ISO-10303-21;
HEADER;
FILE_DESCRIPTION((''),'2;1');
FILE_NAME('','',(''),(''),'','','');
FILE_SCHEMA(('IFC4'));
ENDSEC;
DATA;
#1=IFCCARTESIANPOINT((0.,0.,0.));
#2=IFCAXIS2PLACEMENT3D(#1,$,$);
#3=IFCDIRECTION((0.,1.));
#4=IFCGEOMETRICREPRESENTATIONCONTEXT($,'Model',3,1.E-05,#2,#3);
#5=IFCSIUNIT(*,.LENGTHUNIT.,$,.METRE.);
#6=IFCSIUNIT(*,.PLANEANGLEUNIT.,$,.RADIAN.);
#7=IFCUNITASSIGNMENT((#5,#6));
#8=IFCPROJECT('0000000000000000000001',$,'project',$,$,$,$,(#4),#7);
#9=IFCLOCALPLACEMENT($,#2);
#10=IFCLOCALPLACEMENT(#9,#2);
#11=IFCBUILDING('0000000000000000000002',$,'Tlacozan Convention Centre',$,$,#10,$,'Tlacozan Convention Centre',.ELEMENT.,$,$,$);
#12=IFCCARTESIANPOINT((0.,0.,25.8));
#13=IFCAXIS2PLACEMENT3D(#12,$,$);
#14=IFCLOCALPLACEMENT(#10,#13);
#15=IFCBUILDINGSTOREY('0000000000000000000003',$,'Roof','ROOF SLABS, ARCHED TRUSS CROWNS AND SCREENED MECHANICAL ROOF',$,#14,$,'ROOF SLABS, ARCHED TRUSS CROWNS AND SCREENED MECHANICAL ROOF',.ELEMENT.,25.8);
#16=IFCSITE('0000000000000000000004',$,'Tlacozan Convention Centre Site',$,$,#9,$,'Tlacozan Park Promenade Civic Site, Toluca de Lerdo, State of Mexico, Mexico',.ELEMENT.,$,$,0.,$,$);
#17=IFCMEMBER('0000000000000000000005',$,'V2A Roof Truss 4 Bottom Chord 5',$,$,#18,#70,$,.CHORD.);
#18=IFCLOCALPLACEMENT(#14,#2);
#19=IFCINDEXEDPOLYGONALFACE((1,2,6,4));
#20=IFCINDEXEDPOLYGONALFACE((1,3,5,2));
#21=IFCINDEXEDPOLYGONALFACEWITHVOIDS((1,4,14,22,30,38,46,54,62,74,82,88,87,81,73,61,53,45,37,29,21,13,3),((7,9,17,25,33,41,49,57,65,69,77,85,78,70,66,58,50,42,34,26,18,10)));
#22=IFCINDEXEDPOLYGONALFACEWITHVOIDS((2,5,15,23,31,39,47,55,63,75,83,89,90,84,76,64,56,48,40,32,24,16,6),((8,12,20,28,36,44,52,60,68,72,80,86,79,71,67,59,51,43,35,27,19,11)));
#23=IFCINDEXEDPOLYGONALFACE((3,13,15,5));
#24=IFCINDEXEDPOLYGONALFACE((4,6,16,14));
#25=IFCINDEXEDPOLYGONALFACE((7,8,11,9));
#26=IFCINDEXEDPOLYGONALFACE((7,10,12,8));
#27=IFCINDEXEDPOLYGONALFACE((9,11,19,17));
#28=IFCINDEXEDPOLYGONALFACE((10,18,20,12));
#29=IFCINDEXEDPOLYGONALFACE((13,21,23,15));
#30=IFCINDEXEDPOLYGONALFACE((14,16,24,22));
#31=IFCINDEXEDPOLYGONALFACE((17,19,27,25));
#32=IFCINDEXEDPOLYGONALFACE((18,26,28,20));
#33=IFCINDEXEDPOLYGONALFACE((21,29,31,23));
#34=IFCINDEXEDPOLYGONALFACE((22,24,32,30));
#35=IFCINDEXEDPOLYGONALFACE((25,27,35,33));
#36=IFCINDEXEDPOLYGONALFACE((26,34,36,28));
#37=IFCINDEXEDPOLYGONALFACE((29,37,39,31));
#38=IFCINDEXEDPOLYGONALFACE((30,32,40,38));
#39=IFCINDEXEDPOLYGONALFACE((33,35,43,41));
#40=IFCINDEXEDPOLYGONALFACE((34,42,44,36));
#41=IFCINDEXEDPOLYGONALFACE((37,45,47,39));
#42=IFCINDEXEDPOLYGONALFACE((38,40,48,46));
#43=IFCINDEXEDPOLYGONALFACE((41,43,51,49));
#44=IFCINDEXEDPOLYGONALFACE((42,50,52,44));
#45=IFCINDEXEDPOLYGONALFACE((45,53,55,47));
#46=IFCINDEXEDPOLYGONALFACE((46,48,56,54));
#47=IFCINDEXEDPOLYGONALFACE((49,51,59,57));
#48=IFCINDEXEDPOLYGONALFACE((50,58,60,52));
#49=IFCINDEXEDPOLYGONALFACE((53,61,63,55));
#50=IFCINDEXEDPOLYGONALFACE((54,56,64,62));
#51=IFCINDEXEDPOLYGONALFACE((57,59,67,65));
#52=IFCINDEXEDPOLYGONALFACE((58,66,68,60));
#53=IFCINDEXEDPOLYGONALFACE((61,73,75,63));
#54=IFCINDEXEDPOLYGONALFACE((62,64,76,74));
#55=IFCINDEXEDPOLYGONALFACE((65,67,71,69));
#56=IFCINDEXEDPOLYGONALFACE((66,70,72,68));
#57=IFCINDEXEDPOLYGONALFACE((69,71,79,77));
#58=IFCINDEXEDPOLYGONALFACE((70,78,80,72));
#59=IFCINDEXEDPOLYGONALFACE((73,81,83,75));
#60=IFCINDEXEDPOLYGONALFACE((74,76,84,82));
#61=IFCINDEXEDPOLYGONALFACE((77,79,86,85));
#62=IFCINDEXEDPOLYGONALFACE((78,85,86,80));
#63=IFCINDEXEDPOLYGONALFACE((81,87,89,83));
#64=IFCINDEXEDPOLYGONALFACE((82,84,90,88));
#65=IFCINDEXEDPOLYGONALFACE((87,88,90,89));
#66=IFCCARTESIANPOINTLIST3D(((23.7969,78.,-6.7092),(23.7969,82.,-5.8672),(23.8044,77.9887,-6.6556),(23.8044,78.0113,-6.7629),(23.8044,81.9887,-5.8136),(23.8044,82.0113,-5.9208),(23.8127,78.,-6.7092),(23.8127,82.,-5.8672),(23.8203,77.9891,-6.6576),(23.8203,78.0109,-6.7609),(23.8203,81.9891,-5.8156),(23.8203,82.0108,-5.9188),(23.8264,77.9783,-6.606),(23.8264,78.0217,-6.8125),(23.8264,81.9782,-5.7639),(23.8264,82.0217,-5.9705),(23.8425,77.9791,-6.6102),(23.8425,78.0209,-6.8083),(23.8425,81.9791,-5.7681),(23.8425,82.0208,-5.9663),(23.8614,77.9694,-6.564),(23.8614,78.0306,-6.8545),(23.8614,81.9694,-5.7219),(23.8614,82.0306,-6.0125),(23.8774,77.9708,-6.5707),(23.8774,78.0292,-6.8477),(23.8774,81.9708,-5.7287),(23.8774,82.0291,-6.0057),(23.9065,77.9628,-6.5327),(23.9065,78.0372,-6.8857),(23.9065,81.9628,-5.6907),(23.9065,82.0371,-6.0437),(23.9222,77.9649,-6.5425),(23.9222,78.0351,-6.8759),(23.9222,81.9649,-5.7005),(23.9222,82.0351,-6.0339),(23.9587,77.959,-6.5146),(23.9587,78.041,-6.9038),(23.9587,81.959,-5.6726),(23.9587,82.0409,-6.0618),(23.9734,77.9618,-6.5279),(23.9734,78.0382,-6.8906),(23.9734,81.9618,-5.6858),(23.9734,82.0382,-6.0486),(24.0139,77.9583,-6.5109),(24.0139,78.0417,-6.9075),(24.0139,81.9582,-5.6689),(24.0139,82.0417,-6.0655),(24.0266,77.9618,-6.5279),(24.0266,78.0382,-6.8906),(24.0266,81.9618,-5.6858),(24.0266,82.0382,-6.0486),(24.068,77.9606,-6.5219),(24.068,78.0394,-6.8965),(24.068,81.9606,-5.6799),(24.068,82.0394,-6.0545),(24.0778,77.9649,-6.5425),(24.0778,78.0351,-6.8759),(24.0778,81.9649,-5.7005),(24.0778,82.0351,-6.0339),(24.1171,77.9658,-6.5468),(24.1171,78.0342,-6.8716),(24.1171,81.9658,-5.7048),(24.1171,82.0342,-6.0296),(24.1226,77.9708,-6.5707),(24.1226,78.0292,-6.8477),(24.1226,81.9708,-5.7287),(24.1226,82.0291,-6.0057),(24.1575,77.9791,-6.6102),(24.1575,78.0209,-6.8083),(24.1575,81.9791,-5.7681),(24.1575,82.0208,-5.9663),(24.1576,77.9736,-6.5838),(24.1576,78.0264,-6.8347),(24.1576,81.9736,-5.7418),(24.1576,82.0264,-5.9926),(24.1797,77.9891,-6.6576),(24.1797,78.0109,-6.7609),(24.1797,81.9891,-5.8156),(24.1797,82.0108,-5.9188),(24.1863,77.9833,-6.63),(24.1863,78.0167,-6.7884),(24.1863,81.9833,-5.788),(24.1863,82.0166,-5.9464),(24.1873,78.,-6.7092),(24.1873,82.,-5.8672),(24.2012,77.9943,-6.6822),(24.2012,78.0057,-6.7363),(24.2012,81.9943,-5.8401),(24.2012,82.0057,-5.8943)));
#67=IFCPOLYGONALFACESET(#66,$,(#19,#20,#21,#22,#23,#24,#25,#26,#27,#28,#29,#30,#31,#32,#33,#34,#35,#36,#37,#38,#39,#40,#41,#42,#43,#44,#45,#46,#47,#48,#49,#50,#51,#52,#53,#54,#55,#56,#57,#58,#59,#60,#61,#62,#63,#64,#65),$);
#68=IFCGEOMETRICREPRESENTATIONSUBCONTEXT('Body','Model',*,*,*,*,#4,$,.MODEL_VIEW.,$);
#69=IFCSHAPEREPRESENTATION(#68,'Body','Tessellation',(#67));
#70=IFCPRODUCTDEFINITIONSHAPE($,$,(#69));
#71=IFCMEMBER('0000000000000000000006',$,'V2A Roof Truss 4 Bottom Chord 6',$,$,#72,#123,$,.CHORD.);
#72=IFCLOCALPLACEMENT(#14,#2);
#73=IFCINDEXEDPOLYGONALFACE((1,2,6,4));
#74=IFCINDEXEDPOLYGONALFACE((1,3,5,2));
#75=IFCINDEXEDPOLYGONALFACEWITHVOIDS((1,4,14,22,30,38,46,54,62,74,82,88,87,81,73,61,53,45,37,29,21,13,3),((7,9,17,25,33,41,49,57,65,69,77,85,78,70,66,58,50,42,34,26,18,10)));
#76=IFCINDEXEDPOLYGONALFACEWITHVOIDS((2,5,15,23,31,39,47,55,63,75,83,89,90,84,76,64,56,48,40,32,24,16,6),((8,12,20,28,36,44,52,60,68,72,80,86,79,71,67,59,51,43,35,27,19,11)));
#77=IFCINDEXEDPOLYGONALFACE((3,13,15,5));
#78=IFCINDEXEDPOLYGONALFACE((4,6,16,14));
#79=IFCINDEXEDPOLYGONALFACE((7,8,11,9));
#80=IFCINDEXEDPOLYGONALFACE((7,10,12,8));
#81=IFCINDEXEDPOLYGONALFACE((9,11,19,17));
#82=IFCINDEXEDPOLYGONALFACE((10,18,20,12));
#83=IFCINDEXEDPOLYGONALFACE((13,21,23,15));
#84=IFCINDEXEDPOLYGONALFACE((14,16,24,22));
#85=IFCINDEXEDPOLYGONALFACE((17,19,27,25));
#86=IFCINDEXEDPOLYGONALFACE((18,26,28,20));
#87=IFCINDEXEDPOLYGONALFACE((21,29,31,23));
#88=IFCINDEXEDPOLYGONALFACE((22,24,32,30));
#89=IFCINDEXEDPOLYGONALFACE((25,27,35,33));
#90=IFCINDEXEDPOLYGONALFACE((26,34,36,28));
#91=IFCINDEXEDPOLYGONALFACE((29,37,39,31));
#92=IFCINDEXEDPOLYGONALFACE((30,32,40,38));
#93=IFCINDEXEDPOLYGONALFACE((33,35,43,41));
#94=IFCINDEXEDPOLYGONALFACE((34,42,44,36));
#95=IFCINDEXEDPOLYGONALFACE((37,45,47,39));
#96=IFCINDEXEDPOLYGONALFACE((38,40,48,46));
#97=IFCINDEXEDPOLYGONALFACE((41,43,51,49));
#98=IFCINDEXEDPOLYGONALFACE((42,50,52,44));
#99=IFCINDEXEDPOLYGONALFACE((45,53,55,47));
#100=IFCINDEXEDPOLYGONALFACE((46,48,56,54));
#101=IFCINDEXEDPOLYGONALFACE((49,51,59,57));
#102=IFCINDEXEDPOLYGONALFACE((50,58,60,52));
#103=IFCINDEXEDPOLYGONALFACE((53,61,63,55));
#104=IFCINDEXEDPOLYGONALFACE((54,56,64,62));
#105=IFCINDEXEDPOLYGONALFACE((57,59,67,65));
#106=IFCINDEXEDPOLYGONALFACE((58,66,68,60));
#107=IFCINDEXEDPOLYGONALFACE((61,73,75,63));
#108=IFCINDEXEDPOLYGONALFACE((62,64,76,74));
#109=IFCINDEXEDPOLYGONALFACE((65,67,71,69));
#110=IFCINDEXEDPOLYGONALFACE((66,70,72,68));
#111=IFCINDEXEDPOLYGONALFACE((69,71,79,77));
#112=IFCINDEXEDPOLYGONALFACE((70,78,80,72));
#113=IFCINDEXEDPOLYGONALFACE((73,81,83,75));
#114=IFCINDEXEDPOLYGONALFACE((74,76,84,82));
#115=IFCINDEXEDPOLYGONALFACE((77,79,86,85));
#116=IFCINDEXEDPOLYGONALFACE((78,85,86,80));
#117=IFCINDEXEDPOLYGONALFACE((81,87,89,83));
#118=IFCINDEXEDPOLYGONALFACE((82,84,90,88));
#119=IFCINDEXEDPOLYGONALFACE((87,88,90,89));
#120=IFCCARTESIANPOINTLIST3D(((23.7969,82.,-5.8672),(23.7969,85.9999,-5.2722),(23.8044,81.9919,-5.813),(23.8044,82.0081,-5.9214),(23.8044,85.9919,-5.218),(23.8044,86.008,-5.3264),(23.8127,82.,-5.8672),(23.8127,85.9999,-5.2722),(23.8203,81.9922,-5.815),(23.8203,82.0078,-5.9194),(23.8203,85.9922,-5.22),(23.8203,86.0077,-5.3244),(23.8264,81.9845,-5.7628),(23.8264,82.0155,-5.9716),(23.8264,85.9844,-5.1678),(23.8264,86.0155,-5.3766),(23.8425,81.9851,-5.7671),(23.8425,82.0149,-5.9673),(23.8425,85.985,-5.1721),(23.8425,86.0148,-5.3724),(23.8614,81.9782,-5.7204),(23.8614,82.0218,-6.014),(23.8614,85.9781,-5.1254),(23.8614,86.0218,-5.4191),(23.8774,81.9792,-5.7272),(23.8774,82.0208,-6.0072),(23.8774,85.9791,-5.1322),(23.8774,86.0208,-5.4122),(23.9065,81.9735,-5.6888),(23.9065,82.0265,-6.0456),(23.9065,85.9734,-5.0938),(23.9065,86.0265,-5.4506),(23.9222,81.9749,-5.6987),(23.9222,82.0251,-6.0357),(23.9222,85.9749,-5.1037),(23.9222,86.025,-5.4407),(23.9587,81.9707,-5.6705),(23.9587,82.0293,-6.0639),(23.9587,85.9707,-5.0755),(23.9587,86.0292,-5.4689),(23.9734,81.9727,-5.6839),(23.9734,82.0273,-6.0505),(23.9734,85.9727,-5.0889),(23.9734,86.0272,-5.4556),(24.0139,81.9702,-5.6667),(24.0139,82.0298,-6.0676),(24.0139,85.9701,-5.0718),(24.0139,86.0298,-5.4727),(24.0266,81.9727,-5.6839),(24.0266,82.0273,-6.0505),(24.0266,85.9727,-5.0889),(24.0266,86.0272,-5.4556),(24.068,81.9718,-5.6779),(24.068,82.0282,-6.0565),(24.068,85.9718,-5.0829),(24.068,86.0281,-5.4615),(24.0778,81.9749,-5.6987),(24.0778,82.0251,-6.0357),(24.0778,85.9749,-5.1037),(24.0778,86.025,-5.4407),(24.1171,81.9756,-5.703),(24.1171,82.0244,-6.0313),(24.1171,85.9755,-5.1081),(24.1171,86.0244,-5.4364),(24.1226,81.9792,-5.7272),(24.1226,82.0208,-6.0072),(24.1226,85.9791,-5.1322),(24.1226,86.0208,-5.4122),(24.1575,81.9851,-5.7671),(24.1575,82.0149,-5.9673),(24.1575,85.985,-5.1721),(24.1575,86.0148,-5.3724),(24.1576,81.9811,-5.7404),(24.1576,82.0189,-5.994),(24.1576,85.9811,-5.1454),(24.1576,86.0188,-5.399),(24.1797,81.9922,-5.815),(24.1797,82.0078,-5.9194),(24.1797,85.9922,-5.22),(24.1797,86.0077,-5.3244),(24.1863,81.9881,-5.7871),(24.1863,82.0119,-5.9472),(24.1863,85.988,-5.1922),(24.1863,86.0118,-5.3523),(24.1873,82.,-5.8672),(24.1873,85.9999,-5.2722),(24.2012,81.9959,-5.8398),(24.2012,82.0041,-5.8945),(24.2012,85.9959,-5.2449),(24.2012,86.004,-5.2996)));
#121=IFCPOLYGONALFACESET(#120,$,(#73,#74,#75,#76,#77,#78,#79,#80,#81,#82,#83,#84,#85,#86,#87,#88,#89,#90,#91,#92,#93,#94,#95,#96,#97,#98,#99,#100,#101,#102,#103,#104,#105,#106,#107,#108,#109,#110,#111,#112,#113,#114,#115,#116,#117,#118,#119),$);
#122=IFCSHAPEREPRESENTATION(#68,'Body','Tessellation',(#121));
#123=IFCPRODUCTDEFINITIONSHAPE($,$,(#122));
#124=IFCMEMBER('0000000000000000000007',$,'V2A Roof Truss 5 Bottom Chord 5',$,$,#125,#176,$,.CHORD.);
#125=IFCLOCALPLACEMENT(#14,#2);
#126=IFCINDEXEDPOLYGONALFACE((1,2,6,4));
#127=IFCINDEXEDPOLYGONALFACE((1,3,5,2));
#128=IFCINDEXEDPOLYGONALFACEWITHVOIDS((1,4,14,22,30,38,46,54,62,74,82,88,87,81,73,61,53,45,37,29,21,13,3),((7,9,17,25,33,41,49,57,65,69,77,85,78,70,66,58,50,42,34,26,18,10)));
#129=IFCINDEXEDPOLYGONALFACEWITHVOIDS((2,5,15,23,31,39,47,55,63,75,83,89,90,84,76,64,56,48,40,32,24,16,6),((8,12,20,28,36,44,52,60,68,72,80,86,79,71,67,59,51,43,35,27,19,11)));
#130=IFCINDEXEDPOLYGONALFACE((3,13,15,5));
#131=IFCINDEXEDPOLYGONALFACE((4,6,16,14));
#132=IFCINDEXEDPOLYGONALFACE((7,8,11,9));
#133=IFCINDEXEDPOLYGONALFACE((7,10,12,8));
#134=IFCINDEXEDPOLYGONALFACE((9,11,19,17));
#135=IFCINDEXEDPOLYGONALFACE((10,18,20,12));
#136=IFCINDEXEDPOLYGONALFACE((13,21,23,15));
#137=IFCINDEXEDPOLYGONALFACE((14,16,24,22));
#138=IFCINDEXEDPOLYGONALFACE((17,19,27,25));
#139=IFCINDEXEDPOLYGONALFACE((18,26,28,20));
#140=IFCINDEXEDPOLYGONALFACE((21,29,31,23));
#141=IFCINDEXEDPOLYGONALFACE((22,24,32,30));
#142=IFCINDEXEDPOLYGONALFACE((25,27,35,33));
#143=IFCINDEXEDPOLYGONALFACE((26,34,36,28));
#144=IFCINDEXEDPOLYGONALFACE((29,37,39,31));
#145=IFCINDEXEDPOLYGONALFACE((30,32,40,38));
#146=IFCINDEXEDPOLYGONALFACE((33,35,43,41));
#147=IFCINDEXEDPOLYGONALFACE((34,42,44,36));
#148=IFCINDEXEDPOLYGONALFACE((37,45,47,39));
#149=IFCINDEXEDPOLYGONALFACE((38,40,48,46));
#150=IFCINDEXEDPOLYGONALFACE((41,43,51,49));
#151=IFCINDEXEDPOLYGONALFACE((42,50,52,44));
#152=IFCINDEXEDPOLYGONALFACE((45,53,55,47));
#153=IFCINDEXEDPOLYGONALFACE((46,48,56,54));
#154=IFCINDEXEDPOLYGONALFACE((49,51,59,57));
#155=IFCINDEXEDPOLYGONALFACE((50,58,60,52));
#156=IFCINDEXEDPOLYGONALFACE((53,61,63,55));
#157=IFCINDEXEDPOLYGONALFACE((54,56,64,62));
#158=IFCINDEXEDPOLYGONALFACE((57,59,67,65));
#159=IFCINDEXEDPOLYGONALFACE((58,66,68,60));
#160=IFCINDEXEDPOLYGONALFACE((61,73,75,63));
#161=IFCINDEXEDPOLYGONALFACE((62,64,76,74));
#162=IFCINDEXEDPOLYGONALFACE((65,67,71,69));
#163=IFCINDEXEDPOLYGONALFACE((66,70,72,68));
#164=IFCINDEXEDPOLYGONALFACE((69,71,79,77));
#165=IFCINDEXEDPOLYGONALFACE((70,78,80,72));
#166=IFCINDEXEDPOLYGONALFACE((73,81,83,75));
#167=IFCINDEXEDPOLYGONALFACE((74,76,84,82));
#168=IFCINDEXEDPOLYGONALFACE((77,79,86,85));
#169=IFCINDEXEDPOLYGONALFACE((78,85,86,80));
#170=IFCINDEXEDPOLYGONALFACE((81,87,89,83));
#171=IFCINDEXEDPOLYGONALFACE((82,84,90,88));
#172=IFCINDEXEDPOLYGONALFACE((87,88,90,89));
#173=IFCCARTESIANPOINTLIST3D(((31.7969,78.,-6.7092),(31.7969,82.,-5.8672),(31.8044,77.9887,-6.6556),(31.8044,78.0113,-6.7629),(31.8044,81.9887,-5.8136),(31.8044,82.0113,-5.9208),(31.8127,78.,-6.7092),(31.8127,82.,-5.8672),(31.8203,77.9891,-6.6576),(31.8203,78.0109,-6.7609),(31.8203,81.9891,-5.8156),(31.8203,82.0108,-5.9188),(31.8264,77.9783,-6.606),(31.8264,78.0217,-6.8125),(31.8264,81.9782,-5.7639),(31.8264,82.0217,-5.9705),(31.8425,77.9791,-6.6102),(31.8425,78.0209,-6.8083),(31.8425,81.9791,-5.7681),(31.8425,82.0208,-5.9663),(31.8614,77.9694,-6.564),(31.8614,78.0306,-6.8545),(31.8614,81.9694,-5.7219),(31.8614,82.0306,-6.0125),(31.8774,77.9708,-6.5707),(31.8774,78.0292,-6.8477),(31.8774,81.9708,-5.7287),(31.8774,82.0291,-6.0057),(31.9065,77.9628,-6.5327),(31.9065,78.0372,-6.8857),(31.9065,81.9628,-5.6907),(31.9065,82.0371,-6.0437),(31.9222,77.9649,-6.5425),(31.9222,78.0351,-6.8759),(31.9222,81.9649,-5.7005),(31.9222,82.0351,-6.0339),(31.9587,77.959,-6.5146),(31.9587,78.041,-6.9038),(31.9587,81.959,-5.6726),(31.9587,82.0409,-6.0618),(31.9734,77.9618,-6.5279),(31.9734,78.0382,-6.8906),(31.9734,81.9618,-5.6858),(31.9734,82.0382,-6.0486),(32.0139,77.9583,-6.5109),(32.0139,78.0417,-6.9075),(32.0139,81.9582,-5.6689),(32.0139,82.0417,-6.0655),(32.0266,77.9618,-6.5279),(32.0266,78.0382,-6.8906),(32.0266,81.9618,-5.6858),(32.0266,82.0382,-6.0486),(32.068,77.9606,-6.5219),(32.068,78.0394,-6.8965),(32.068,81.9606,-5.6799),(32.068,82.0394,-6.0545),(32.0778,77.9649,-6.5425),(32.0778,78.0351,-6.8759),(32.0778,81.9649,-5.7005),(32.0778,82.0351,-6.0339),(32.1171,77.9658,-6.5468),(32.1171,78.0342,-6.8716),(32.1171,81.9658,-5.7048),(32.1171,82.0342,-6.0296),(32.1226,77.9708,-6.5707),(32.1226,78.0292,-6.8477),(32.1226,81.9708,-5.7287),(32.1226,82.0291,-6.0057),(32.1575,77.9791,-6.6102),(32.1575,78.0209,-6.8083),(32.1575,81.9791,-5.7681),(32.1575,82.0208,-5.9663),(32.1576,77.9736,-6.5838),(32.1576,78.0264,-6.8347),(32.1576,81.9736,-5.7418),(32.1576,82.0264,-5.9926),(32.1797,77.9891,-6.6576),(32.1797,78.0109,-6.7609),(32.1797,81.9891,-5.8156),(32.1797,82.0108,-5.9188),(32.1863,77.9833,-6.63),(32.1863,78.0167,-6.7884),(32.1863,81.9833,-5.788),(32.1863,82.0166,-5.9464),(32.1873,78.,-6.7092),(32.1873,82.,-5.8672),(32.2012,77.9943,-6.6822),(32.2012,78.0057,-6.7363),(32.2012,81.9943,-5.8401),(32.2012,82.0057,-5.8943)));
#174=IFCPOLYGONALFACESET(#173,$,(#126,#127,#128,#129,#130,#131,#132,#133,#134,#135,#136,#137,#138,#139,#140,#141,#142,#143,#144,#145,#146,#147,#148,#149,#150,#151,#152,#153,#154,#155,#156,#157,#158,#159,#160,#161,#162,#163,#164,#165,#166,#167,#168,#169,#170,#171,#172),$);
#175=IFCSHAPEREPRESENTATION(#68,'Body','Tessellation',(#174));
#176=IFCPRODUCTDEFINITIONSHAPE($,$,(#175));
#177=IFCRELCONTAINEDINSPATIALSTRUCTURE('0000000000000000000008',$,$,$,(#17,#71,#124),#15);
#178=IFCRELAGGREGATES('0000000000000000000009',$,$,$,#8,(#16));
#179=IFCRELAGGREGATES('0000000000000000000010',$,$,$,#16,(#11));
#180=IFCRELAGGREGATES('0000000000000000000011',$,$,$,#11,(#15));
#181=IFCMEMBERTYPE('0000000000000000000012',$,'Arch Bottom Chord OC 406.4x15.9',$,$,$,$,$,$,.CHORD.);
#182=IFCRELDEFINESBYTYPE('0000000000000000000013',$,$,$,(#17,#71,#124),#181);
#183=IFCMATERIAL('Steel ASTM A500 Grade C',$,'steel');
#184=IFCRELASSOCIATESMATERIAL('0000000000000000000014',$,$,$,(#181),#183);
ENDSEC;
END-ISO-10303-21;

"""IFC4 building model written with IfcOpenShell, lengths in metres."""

from ifc_helpers import new_model, si_unit, direction, frame, origin, origin_2d, place, context, subcontext, project, spatial, hollow_circle, extrude, material, material_profile, profile_set, type_object, element, save


model = new_model("IFC4")

# Units and contexts
model_context = context("Model", 3, precision=1e-05, world=origin(), true_north=direction((0.0, 1.0)))
body_context = subcontext(model_context, "Body", "Model", "MODEL_VIEW")
ifc_project = project(units=[si_unit("LENGTHUNIT", "METRE"), si_unit("PLANEANGLEUNIT", "RADIAN")], contexts=[model_context])

# Site, building, storey
site_placement = place(None, origin())
site = spatial("IfcSite", under=ifc_project, at=site_placement, Name="Tlacozan Convention Centre Site", LongName="Tlacozan Park Promenade Civic Site, Toluca de Lerdo, State of Mexico, Mexico", CompositionType="ELEMENT", RefElevation=0.0)
building_placement = place(site_placement, origin())
building = spatial("IfcBuilding", under=site, at=building_placement, Name="Tlacozan Convention Centre", LongName="Tlacozan Convention Centre", CompositionType="ELEMENT")
storey_placement = place(building_placement, frame((0.0, 0.0, 25.8)))
storey = spatial("IfcBuildingStorey", under=building, at=storey_placement, Name="Roof", Description="ROOF SLABS, ARCHED TRUSS CROWNS AND SCREENED MECHANICAL ROOF", LongName="ROOF SLABS, ARCHED TRUSS CROWNS AND SCREENED MECHANICAL ROOF", CompositionType="ELEMENT", Elevation=25.8)

# Members
ifc_material_1 = material(Name="Steel ASTM A500 Grade C", Category="steel")
ifc_material_profile_1 = material_profile(ifc_material_1, hollow_circle(Radius=0.2031, WallThickness=0.0159, at=origin_2d()), Name="OC 406.4x15.9")
ifc_profile_set_1 = profile_set([ifc_material_profile_1], Name="Steel ASTM A500 Grade C")
member_type_1 = type_object("IfcMemberType", Name="Arch Bottom Chord OC 406.4x15.9", PredefinedType="CHORD", material=ifc_profile_set_1)
member_1_placement = place(storey_placement, frame((24.0, 78.0, -6.7092), z_axis=(0.0, 0.978553, 0.205995), x_axis=(-1.0, 0.0, 0.0)))
element("IfcMember", 1, at=member_1_placement, inside=storey, type_object=member_type_1, Name="V2A Roof Truss 4 Bottom Chord 5", PredefinedType="CHORD", context=body_context, shape_type="SweptSolid", body=[
    extrude(hollow_circle(Radius=0.2031, WallThickness=0.0159, at=origin_2d()), origin(), (0.0, 0.0, 1.0), 4.0876),
])
member_2_placement = place(storey_placement, frame((24.0, 82.0, -5.8672), z_axis=(0.0, 0.989118, 0.147124), x_axis=(-1.0, 0.0, 0.0)))
element("IfcMember", 2, at=member_2_placement, inside=storey, type_object=member_type_1, Name="V2A Roof Truss 4 Bottom Chord 6", PredefinedType="CHORD", context=body_context, shape_type="SweptSolid", body=[
    extrude(hollow_circle(Radius=0.2031, WallThickness=0.0159, at=origin_2d()), origin(), (0.0, 0.0, 1.0), 4.0439),
])
member_3_placement = place(storey_placement, frame((32.0, 78.0, -6.7092), z_axis=(0.0, 0.978553, 0.205995), x_axis=(-1.0, 0.0, 0.0)))
element("IfcMember", 3, at=member_3_placement, inside=storey, type_object=member_type_1, Name="V2A Roof Truss 5 Bottom Chord 5", PredefinedType="CHORD", context=body_context, shape_type="SweptSolid", body=[
    extrude(hollow_circle(Radius=0.2031, WallThickness=0.0159, at=origin_2d()), origin(), (0.0, 0.0, 1.0), 4.0876),
])

save(model, "model.ifc")
